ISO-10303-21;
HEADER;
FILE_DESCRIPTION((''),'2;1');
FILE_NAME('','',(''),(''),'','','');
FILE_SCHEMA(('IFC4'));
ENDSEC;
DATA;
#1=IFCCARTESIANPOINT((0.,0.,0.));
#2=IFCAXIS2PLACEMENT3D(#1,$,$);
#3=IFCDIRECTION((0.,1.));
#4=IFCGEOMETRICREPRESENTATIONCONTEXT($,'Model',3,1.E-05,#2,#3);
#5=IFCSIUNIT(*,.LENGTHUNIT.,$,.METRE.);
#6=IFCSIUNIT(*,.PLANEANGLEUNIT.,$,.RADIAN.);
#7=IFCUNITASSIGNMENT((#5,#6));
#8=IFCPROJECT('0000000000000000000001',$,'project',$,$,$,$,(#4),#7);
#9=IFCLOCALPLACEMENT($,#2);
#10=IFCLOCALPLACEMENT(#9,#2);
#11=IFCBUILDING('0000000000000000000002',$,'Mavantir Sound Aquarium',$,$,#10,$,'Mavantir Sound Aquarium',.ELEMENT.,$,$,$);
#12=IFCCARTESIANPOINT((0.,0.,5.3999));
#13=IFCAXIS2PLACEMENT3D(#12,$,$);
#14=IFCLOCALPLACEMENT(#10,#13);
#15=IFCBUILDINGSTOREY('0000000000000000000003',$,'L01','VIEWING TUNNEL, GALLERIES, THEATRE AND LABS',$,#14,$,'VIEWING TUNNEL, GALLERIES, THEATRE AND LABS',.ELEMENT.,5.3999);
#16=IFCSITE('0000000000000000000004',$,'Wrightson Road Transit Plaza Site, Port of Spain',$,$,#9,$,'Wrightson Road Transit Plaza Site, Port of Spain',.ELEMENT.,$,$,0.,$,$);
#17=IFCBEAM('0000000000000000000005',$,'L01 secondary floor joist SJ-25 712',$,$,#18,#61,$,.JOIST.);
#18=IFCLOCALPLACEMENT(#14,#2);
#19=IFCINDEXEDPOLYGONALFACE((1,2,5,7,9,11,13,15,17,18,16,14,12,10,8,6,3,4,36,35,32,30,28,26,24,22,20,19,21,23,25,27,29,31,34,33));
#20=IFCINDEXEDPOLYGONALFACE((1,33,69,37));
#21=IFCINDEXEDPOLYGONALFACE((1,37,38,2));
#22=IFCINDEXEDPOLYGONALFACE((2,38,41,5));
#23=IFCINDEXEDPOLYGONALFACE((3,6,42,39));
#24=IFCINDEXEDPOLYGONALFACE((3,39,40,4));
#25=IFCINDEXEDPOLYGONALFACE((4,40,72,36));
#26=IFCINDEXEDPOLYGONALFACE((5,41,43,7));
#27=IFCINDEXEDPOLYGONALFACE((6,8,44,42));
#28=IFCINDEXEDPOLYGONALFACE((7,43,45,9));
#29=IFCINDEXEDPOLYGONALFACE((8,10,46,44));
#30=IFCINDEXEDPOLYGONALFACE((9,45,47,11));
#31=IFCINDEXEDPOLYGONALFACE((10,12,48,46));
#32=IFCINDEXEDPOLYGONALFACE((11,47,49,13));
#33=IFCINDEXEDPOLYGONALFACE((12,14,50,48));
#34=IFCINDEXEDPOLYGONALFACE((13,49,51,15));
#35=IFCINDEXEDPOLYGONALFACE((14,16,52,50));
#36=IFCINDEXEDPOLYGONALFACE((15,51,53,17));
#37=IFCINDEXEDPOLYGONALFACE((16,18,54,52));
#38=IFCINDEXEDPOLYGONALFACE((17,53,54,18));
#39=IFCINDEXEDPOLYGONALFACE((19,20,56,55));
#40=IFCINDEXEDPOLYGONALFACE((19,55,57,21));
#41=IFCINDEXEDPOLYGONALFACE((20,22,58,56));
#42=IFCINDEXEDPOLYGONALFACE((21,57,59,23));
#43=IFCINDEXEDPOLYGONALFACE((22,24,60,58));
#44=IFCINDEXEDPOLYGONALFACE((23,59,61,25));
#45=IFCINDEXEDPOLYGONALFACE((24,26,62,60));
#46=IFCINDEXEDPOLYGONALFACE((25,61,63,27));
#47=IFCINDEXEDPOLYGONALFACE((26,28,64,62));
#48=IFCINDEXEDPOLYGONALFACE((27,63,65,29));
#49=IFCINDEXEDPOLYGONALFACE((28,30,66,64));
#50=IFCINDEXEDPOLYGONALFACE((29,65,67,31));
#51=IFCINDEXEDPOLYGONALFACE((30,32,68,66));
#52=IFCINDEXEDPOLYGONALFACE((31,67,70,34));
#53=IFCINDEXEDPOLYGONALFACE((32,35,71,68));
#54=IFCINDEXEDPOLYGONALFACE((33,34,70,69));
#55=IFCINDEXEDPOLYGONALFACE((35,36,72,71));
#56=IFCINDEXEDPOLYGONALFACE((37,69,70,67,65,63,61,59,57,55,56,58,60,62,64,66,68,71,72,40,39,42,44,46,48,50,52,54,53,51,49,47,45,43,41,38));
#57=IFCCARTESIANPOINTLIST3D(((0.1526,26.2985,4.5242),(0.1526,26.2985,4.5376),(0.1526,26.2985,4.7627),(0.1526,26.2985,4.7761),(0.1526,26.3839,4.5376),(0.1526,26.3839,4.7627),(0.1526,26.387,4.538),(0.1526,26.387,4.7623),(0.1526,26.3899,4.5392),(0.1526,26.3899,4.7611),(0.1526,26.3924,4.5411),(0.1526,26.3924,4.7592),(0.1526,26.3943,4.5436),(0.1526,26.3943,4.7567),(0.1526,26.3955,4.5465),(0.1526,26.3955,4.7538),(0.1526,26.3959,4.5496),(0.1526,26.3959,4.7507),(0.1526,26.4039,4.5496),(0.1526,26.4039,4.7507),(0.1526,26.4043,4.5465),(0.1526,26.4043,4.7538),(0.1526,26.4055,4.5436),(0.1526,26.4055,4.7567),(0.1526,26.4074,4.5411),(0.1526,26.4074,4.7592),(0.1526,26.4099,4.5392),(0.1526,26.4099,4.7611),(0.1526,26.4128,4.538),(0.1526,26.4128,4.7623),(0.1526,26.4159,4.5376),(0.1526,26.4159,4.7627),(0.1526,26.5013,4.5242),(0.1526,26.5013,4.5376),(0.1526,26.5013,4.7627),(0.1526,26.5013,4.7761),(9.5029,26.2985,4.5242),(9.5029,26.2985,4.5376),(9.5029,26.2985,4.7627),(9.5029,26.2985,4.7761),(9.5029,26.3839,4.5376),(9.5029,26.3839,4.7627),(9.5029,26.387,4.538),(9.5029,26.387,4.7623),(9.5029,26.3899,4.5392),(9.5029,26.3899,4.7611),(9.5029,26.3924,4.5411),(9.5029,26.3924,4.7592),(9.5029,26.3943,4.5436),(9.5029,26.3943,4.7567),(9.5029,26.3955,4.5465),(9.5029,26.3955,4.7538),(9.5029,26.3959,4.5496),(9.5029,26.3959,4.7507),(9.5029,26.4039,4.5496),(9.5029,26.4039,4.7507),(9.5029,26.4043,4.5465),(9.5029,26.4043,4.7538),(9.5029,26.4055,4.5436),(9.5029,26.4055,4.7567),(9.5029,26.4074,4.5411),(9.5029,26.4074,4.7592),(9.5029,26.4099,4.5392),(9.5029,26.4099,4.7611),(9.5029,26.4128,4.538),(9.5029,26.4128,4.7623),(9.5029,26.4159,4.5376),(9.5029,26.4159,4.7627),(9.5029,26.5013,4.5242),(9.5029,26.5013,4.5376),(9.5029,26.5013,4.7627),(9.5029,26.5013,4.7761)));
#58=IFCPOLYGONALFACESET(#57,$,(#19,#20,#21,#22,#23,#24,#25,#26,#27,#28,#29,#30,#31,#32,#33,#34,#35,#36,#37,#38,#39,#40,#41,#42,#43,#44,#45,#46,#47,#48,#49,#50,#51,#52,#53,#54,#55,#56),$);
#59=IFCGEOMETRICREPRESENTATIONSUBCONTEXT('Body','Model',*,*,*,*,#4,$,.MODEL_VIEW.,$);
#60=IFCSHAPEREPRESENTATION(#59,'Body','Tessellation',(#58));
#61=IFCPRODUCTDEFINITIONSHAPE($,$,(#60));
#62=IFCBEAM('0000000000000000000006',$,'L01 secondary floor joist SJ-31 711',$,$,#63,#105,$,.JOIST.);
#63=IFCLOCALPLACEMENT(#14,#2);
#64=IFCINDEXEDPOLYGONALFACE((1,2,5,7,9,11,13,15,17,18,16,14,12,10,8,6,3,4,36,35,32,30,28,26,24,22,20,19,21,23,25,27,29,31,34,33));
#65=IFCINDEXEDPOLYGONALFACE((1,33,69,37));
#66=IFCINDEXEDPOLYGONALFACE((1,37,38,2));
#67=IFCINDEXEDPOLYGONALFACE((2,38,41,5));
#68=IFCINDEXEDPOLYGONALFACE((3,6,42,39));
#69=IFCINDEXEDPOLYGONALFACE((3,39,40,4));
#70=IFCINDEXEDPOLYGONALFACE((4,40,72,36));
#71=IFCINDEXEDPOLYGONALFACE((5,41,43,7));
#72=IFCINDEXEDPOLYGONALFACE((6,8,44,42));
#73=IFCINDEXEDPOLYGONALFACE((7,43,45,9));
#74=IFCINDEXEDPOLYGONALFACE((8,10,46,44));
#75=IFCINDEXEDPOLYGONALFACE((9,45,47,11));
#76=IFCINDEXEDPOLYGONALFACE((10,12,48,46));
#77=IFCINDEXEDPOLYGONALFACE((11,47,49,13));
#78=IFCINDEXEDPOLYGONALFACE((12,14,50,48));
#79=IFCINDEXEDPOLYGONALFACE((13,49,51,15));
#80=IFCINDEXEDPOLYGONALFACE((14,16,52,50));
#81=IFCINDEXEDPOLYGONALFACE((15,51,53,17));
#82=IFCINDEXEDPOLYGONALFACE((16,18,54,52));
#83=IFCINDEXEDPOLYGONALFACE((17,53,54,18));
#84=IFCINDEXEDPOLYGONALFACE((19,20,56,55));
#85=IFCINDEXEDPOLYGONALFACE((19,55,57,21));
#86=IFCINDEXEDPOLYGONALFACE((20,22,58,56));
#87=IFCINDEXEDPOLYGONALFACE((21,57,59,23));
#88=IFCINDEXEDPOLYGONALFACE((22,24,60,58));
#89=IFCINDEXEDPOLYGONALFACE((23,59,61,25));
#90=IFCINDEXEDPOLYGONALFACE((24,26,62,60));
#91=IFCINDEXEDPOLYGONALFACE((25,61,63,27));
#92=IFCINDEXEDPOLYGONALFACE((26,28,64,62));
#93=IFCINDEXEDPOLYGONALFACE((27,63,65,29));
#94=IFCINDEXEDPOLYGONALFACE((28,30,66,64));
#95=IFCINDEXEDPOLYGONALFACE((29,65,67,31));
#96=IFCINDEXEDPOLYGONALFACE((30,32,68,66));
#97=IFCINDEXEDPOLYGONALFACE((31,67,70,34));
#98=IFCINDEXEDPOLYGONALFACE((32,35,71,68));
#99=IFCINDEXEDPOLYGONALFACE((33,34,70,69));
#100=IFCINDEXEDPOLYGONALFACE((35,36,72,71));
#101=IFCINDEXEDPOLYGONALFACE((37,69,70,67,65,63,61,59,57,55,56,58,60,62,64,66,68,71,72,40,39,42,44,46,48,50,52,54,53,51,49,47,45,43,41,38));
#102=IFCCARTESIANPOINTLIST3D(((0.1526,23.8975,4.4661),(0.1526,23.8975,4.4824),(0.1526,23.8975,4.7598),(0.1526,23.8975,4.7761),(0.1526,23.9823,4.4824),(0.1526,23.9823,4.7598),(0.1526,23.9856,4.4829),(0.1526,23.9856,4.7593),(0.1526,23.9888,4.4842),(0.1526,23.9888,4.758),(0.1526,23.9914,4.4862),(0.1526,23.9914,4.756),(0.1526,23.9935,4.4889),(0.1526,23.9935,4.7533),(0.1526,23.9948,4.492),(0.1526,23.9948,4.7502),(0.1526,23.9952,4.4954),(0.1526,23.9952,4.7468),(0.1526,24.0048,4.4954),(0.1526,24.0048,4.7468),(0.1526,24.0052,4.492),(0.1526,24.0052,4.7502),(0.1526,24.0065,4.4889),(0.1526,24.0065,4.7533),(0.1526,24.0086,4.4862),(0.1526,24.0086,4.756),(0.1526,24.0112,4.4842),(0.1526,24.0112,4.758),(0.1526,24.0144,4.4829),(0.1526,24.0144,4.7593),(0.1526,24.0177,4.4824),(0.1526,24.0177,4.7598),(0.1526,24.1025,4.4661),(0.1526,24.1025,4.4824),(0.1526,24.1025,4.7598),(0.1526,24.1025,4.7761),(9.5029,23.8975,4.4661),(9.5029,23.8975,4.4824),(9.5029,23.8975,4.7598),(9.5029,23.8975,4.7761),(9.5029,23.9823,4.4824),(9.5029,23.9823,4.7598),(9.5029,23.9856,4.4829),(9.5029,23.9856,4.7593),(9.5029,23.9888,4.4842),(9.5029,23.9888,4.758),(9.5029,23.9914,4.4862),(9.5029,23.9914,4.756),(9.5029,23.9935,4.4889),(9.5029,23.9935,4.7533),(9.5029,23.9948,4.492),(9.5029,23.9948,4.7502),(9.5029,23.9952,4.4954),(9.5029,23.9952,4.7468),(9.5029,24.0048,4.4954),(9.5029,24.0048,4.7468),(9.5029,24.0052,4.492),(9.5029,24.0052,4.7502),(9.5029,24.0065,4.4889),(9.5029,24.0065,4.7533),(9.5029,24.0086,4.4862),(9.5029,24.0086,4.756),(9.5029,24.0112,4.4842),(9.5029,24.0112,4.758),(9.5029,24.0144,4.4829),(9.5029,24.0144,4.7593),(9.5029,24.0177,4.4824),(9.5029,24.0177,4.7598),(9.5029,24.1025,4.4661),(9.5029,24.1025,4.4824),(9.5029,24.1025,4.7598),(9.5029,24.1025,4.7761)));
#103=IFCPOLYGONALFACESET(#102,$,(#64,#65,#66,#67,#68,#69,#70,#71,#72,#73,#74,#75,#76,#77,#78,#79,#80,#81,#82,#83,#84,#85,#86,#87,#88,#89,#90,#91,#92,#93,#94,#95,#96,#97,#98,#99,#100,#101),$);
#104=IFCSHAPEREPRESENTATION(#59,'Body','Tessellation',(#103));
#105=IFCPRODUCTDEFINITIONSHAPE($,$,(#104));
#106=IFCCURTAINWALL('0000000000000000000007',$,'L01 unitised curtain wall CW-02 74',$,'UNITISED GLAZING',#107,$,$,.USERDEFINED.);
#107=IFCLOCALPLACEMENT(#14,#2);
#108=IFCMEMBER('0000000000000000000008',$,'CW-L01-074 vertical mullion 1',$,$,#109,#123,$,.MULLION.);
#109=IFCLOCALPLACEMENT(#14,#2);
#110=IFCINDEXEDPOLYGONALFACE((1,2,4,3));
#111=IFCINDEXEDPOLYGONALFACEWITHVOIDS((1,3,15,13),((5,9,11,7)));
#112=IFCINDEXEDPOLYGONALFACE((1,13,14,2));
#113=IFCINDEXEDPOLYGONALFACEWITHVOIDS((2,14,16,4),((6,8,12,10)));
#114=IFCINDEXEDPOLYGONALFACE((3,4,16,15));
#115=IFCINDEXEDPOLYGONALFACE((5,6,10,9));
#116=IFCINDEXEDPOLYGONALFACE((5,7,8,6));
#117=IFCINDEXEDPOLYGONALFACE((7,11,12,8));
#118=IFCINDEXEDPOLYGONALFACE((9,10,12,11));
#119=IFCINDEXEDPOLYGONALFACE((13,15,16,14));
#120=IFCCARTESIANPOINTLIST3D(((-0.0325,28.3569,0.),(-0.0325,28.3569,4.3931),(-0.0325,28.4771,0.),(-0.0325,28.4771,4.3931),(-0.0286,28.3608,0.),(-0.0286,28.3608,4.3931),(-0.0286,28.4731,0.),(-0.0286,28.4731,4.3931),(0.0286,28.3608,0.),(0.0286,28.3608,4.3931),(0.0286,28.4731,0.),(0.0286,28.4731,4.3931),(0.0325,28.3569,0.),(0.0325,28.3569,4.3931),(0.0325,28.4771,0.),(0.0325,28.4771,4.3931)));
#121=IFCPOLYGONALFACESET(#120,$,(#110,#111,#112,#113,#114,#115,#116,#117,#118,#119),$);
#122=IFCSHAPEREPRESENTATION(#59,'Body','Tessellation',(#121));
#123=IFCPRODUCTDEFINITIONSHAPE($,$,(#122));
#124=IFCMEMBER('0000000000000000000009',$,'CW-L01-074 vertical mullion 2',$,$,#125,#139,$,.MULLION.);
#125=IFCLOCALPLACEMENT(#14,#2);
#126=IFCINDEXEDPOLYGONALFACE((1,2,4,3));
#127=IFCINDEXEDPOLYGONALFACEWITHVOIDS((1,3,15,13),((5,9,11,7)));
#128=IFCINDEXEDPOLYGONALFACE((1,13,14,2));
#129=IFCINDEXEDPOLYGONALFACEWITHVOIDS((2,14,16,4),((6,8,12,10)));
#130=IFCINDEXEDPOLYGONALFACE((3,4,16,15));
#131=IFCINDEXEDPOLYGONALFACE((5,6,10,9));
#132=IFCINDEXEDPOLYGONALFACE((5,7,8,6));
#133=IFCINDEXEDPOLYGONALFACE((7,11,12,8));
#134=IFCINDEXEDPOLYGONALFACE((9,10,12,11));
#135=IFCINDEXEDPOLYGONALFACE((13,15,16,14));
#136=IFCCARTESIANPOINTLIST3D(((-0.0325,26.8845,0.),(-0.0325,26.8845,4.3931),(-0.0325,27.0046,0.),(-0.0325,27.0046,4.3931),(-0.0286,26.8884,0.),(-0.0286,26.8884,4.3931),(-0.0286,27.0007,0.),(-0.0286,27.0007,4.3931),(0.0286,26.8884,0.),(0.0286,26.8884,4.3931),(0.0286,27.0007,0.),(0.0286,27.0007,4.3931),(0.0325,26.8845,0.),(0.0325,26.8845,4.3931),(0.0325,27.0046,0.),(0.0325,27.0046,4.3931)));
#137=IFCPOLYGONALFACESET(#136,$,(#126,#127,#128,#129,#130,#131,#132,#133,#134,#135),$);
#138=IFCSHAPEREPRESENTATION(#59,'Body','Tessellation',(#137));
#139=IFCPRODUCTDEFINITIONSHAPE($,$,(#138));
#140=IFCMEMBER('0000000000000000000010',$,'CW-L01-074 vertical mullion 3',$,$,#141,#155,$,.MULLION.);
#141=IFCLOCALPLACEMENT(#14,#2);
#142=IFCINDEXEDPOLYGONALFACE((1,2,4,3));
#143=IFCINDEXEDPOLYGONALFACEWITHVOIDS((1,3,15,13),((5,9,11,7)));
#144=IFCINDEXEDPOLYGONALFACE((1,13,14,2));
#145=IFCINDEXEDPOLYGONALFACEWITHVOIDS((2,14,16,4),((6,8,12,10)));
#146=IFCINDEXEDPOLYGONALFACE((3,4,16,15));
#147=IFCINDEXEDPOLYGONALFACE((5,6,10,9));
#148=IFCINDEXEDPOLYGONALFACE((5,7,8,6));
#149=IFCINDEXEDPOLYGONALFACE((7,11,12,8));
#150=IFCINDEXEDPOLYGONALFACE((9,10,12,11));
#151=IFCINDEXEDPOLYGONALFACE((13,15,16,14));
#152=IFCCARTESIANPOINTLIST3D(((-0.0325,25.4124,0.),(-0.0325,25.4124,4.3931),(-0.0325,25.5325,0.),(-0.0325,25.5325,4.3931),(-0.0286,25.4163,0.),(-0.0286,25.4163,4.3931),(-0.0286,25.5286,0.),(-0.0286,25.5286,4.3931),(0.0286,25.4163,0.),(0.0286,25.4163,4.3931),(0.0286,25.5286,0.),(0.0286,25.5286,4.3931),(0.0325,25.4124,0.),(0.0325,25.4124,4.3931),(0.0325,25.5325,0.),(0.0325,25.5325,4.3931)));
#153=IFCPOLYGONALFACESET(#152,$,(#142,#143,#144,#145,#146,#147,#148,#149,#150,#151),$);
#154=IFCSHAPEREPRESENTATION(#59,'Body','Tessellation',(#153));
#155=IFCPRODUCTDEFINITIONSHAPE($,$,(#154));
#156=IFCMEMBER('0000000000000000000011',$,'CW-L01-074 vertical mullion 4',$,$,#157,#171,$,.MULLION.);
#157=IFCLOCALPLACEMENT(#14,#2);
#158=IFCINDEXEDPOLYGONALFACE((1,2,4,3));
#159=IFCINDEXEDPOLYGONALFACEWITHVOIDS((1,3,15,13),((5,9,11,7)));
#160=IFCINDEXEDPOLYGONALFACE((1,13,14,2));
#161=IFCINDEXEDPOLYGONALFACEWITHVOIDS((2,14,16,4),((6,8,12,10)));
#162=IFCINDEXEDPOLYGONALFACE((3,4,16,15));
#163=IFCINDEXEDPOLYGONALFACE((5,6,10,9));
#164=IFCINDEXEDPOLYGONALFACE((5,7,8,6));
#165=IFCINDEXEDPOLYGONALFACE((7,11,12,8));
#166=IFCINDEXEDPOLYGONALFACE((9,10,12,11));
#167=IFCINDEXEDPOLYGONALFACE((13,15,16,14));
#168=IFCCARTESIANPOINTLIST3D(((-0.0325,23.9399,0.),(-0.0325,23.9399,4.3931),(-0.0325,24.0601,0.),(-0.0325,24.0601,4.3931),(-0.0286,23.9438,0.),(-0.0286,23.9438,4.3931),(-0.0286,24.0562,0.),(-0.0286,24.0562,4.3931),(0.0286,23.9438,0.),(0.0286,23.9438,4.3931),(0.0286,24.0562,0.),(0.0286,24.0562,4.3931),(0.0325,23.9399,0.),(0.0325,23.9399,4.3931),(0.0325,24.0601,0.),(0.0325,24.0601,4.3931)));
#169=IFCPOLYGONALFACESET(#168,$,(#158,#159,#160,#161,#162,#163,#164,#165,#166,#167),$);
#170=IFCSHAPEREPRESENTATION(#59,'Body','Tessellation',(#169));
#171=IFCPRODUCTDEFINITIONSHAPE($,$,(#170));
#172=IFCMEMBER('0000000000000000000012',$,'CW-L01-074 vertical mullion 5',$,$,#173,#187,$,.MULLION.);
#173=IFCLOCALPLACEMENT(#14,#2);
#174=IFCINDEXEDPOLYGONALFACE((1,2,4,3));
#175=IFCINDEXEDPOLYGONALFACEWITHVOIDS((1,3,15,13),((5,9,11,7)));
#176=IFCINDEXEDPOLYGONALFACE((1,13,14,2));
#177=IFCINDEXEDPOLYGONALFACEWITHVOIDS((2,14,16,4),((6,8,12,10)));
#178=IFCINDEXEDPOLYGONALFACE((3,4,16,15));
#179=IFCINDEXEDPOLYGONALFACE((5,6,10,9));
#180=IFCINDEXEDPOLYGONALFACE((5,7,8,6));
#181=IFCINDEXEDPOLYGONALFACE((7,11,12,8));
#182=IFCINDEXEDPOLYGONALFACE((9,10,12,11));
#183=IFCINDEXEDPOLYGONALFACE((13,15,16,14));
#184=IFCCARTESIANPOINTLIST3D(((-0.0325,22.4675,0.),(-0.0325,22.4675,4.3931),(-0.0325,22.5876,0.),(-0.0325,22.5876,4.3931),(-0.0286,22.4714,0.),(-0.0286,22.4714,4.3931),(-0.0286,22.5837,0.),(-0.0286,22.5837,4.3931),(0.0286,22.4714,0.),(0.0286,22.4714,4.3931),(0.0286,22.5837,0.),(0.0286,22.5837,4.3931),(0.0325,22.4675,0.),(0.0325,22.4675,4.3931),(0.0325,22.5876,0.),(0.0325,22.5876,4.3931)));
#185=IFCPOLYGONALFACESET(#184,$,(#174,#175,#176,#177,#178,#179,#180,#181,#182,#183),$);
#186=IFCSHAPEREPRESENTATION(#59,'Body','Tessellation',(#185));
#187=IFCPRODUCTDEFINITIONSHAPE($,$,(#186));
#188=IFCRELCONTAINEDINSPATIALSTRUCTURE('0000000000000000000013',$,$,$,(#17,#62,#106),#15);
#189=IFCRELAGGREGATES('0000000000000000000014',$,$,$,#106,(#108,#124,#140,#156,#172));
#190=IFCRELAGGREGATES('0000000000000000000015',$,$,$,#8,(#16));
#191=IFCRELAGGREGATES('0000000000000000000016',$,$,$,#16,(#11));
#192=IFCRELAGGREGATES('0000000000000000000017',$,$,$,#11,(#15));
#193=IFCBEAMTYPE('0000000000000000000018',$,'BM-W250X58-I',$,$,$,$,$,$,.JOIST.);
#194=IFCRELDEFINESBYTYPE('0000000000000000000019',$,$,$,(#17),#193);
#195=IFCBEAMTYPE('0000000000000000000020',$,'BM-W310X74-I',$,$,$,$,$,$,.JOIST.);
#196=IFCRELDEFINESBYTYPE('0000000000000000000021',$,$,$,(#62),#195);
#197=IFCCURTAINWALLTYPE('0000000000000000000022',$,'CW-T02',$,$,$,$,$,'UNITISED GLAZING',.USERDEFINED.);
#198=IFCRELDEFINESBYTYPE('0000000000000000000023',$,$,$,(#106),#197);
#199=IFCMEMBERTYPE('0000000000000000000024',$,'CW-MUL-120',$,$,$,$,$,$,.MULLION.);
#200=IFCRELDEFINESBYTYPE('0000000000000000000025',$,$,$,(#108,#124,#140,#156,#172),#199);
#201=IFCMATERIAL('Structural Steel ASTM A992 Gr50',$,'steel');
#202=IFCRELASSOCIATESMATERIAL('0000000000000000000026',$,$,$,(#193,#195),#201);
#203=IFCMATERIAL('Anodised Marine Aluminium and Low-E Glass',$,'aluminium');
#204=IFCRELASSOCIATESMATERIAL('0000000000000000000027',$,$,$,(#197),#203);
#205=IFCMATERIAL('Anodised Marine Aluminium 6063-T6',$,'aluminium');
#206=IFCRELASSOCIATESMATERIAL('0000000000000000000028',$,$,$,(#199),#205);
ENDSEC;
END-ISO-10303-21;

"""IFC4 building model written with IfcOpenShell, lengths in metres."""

from ifc_helpers import new_model, si_unit, direction, frame, origin, origin_2d, place, context, subcontext, project, spatial, hollow_rectangle, i_section, extrude, material, material_profile, profile_set, type_object, element, aggregate, save


model = new_model("IFC4")

# Units and contexts
model_context = context("Model", 3, precision=1e-05, world=origin(), true_north=direction((0.0, 1.0)))
body_context = subcontext(model_context, "Body", "Model", "MODEL_VIEW")
ifc_project = project(units=[si_unit("LENGTHUNIT", "METRE"), si_unit("PLANEANGLEUNIT", "RADIAN")], contexts=[model_context])

# Site, building, storey
site_placement = place(None, origin())
site = spatial("IfcSite", under=ifc_project, at=site_placement, Name="Wrightson Road Transit Plaza Site, Port of Spain", LongName="Wrightson Road Transit Plaza Site, Port of Spain", CompositionType="ELEMENT", RefElevation=0.0)
building_placement = place(site_placement, origin())
building = spatial("IfcBuilding", under=site, at=building_placement, Name="Mavantir Sound Aquarium", LongName="Mavantir Sound Aquarium", CompositionType="ELEMENT")
storey_placement = place(building_placement, frame((0.0, 0.0, 5.3999)))
storey = spatial("IfcBuildingStorey", under=building, at=storey_placement, Name="L01", Description="VIEWING TUNNEL, GALLERIES, THEATRE AND LABS", LongName="VIEWING TUNNEL, GALLERIES, THEATRE AND LABS", CompositionType="ELEMENT", Elevation=5.3999)

# Beams
ifc_material_1 = material(Name="Structural Steel ASTM A992 Gr50", Category="steel")
ifc_material_profile_1 = material_profile(ifc_material_1, i_section(OverallWidth=0.2029, OverallDepth=0.252, WebThickness=0.0081, FlangeThickness=0.0134, FilletRadius=0.012, at=origin_2d()), Name="W250X58")
ifc_profile_set_1 = profile_set([ifc_material_profile_1], Name="Structural Steel ASTM A992 Gr50")
beam_type_1 = type_object("IfcBeamType", Name="BM-W250X58-I", PredefinedType="JOIST", material=ifc_profile_set_1)
beam_1_placement = place(storey_placement, frame((0.1526, 26.3999, 4.6501), z_axis=(1.0, 0.0, 0.0), x_axis=(0.0, 1.0, 0.0)))
element("IfcBeam", 1, at=beam_1_placement, inside=storey, type_object=beam_type_1, Name="L01 secondary floor joist SJ-25 712", PredefinedType="JOIST", context=body_context, shape_type="SweptSolid", body=[
    extrude(i_section(OverallWidth=0.2029, OverallDepth=0.252, WebThickness=0.0081, FlangeThickness=0.0134, FilletRadius=0.012, at=origin_2d()), origin(), (0.0, 0.0, 1.0), 9.3503),
])
ifc_material_profile_2 = material_profile(ifc_material_1, i_section(OverallWidth=0.2051, OverallDepth=0.3101, WebThickness=0.0095, FlangeThickness=0.0164, FilletRadius=0.0129, at=origin_2d()), Name="W310X74")
ifc_profile_set_2 = profile_set([ifc_material_profile_2], Name="Structural Steel ASTM A992 Gr50")
beam_type_2 = type_object("IfcBeamType", Name="BM-W310X74-I", PredefinedType="JOIST", material=ifc_profile_set_2)
beam_2_placement = place(storey_placement, frame((0.1526, 24.0, 4.6211), z_axis=(1.0, 0.0, 0.0), x_axis=(0.0, 1.0, 0.0)))
element("IfcBeam", 2, at=beam_2_placement, inside=storey, type_object=beam_type_2, Name="L01 secondary floor joist SJ-31 711", PredefinedType="JOIST", context=body_context, shape_type="SweptSolid", body=[
    extrude(i_section(OverallWidth=0.2051, OverallDepth=0.3101, WebThickness=0.0095, FlangeThickness=0.0164, FilletRadius=0.0129, at=origin_2d()), origin(), (0.0, 0.0, 1.0), 9.3503),
])

# Curtain wall, members
ifc_material_2 = material(Name="Anodised Marine Aluminium and Low-E Glass", Category="aluminium")
curtain_wall_type = type_object("IfcCurtainWallType", Name="CW-T02", ElementType="UNITISED GLAZING", PredefinedType="USERDEFINED", material=ifc_material_2)
curtain_wall_placement = place(storey_placement, origin())
curtain_wall = element("IfcCurtainWall", 3, at=curtain_wall_placement, inside=storey, type_object=curtain_wall_type, Name="L01 unitised curtain wall CW-02 74", ObjectType="UNITISED GLAZING", PredefinedType="USERDEFINED")
ifc_material_3 = material(Name="Anodised Marine Aluminium 6063-T6", Category="aluminium")
ifc_material_profile_3 = material_profile(ifc_material_3, hollow_rectangle(XDim=0.0649, YDim=0.1201, WallThickness=0.0039, at=origin_2d()), Name="ALU-MULLION-120X65")
ifc_profile_set_3 = profile_set([ifc_material_profile_3], Name="Anodised Marine Aluminium 6063-T6")
member_type_1 = type_object("IfcMemberType", Name="CW-MUL-120", PredefinedType="MULLION", material=ifc_profile_set_3)
member_1_placement = place(storey_placement, frame((0.0, 28.417, 0.0), z_axis=(0.0, 0.0, 1.0), x_axis=(1.0, 0.0, 0.0)))
member_1 = element("IfcMember", 4, at=member_1_placement, type_object=member_type_1, Name="CW-L01-074 vertical mullion 1", PredefinedType="MULLION", context=body_context, shape_type="SweptSolid", body=[
    extrude(hollow_rectangle(XDim=0.0649, YDim=0.1201, WallThickness=0.0039, at=origin_2d()), origin(), (0.0, 0.0, 1.0), 4.3931),
])
member_2_placement = place(storey_placement, frame((0.0, 26.9446, 0.0), z_axis=(0.0, 0.0, 1.0), x_axis=(1.0, 0.0, 0.0)))
member_2 = element("IfcMember", 5, at=member_2_placement, type_object=member_type_1, Name="CW-L01-074 vertical mullion 2", PredefinedType="MULLION", context=body_context, shape_type="SweptSolid", body=[
    extrude(hollow_rectangle(XDim=0.0649, YDim=0.1201, WallThickness=0.0039, at=origin_2d()), origin(), (0.0, 0.0, 1.0), 4.3931),
])
member_3_placement = place(storey_placement, frame((0.0, 25.4724, 0.0), z_axis=(0.0, 0.0, 1.0), x_axis=(1.0, 0.0, 0.0)))
member_3 = element("IfcMember", 6, at=member_3_placement, type_object=member_type_1, Name="CW-L01-074 vertical mullion 3", PredefinedType="MULLION", context=body_context, shape_type="SweptSolid", body=[
    extrude(hollow_rectangle(XDim=0.0649, YDim=0.1201, WallThickness=0.0039, at=origin_2d()), origin(), (0.0, 0.0, 1.0), 4.3931),
])
member_4_placement = place(storey_placement, frame((0.0, 24.0, 0.0), z_axis=(0.0, 0.0, 1.0), x_axis=(1.0, 0.0, 0.0)))
member_4 = element("IfcMember", 7, at=member_4_placement, type_object=member_type_1, Name="CW-L01-074 vertical mullion 4", PredefinedType="MULLION", context=body_context, shape_type="SweptSolid", body=[
    extrude(hollow_rectangle(XDim=0.0649, YDim=0.1201, WallThickness=0.0039, at=origin_2d()), origin(), (0.0, 0.0, 1.0), 4.3931),
])
member_5_placement = place(storey_placement, frame((0.0, 22.5276, 0.0), z_axis=(0.0, 0.0, 1.0), x_axis=(1.0, 0.0, 0.0)))
member_5 = element("IfcMember", 8, at=member_5_placement, type_object=member_type_1, Name="CW-L01-074 vertical mullion 5", PredefinedType="MULLION", context=body_context, shape_type="SweptSolid", body=[
    extrude(hollow_rectangle(XDim=0.0649, YDim=0.1201, WallThickness=0.0039, at=origin_2d()), origin(), (0.0, 0.0, 1.0), 4.3931),
])
aggregate(curtain_wall, [member_1, member_2, member_3, member_4, member_5])

save(model, "model.ifc")
